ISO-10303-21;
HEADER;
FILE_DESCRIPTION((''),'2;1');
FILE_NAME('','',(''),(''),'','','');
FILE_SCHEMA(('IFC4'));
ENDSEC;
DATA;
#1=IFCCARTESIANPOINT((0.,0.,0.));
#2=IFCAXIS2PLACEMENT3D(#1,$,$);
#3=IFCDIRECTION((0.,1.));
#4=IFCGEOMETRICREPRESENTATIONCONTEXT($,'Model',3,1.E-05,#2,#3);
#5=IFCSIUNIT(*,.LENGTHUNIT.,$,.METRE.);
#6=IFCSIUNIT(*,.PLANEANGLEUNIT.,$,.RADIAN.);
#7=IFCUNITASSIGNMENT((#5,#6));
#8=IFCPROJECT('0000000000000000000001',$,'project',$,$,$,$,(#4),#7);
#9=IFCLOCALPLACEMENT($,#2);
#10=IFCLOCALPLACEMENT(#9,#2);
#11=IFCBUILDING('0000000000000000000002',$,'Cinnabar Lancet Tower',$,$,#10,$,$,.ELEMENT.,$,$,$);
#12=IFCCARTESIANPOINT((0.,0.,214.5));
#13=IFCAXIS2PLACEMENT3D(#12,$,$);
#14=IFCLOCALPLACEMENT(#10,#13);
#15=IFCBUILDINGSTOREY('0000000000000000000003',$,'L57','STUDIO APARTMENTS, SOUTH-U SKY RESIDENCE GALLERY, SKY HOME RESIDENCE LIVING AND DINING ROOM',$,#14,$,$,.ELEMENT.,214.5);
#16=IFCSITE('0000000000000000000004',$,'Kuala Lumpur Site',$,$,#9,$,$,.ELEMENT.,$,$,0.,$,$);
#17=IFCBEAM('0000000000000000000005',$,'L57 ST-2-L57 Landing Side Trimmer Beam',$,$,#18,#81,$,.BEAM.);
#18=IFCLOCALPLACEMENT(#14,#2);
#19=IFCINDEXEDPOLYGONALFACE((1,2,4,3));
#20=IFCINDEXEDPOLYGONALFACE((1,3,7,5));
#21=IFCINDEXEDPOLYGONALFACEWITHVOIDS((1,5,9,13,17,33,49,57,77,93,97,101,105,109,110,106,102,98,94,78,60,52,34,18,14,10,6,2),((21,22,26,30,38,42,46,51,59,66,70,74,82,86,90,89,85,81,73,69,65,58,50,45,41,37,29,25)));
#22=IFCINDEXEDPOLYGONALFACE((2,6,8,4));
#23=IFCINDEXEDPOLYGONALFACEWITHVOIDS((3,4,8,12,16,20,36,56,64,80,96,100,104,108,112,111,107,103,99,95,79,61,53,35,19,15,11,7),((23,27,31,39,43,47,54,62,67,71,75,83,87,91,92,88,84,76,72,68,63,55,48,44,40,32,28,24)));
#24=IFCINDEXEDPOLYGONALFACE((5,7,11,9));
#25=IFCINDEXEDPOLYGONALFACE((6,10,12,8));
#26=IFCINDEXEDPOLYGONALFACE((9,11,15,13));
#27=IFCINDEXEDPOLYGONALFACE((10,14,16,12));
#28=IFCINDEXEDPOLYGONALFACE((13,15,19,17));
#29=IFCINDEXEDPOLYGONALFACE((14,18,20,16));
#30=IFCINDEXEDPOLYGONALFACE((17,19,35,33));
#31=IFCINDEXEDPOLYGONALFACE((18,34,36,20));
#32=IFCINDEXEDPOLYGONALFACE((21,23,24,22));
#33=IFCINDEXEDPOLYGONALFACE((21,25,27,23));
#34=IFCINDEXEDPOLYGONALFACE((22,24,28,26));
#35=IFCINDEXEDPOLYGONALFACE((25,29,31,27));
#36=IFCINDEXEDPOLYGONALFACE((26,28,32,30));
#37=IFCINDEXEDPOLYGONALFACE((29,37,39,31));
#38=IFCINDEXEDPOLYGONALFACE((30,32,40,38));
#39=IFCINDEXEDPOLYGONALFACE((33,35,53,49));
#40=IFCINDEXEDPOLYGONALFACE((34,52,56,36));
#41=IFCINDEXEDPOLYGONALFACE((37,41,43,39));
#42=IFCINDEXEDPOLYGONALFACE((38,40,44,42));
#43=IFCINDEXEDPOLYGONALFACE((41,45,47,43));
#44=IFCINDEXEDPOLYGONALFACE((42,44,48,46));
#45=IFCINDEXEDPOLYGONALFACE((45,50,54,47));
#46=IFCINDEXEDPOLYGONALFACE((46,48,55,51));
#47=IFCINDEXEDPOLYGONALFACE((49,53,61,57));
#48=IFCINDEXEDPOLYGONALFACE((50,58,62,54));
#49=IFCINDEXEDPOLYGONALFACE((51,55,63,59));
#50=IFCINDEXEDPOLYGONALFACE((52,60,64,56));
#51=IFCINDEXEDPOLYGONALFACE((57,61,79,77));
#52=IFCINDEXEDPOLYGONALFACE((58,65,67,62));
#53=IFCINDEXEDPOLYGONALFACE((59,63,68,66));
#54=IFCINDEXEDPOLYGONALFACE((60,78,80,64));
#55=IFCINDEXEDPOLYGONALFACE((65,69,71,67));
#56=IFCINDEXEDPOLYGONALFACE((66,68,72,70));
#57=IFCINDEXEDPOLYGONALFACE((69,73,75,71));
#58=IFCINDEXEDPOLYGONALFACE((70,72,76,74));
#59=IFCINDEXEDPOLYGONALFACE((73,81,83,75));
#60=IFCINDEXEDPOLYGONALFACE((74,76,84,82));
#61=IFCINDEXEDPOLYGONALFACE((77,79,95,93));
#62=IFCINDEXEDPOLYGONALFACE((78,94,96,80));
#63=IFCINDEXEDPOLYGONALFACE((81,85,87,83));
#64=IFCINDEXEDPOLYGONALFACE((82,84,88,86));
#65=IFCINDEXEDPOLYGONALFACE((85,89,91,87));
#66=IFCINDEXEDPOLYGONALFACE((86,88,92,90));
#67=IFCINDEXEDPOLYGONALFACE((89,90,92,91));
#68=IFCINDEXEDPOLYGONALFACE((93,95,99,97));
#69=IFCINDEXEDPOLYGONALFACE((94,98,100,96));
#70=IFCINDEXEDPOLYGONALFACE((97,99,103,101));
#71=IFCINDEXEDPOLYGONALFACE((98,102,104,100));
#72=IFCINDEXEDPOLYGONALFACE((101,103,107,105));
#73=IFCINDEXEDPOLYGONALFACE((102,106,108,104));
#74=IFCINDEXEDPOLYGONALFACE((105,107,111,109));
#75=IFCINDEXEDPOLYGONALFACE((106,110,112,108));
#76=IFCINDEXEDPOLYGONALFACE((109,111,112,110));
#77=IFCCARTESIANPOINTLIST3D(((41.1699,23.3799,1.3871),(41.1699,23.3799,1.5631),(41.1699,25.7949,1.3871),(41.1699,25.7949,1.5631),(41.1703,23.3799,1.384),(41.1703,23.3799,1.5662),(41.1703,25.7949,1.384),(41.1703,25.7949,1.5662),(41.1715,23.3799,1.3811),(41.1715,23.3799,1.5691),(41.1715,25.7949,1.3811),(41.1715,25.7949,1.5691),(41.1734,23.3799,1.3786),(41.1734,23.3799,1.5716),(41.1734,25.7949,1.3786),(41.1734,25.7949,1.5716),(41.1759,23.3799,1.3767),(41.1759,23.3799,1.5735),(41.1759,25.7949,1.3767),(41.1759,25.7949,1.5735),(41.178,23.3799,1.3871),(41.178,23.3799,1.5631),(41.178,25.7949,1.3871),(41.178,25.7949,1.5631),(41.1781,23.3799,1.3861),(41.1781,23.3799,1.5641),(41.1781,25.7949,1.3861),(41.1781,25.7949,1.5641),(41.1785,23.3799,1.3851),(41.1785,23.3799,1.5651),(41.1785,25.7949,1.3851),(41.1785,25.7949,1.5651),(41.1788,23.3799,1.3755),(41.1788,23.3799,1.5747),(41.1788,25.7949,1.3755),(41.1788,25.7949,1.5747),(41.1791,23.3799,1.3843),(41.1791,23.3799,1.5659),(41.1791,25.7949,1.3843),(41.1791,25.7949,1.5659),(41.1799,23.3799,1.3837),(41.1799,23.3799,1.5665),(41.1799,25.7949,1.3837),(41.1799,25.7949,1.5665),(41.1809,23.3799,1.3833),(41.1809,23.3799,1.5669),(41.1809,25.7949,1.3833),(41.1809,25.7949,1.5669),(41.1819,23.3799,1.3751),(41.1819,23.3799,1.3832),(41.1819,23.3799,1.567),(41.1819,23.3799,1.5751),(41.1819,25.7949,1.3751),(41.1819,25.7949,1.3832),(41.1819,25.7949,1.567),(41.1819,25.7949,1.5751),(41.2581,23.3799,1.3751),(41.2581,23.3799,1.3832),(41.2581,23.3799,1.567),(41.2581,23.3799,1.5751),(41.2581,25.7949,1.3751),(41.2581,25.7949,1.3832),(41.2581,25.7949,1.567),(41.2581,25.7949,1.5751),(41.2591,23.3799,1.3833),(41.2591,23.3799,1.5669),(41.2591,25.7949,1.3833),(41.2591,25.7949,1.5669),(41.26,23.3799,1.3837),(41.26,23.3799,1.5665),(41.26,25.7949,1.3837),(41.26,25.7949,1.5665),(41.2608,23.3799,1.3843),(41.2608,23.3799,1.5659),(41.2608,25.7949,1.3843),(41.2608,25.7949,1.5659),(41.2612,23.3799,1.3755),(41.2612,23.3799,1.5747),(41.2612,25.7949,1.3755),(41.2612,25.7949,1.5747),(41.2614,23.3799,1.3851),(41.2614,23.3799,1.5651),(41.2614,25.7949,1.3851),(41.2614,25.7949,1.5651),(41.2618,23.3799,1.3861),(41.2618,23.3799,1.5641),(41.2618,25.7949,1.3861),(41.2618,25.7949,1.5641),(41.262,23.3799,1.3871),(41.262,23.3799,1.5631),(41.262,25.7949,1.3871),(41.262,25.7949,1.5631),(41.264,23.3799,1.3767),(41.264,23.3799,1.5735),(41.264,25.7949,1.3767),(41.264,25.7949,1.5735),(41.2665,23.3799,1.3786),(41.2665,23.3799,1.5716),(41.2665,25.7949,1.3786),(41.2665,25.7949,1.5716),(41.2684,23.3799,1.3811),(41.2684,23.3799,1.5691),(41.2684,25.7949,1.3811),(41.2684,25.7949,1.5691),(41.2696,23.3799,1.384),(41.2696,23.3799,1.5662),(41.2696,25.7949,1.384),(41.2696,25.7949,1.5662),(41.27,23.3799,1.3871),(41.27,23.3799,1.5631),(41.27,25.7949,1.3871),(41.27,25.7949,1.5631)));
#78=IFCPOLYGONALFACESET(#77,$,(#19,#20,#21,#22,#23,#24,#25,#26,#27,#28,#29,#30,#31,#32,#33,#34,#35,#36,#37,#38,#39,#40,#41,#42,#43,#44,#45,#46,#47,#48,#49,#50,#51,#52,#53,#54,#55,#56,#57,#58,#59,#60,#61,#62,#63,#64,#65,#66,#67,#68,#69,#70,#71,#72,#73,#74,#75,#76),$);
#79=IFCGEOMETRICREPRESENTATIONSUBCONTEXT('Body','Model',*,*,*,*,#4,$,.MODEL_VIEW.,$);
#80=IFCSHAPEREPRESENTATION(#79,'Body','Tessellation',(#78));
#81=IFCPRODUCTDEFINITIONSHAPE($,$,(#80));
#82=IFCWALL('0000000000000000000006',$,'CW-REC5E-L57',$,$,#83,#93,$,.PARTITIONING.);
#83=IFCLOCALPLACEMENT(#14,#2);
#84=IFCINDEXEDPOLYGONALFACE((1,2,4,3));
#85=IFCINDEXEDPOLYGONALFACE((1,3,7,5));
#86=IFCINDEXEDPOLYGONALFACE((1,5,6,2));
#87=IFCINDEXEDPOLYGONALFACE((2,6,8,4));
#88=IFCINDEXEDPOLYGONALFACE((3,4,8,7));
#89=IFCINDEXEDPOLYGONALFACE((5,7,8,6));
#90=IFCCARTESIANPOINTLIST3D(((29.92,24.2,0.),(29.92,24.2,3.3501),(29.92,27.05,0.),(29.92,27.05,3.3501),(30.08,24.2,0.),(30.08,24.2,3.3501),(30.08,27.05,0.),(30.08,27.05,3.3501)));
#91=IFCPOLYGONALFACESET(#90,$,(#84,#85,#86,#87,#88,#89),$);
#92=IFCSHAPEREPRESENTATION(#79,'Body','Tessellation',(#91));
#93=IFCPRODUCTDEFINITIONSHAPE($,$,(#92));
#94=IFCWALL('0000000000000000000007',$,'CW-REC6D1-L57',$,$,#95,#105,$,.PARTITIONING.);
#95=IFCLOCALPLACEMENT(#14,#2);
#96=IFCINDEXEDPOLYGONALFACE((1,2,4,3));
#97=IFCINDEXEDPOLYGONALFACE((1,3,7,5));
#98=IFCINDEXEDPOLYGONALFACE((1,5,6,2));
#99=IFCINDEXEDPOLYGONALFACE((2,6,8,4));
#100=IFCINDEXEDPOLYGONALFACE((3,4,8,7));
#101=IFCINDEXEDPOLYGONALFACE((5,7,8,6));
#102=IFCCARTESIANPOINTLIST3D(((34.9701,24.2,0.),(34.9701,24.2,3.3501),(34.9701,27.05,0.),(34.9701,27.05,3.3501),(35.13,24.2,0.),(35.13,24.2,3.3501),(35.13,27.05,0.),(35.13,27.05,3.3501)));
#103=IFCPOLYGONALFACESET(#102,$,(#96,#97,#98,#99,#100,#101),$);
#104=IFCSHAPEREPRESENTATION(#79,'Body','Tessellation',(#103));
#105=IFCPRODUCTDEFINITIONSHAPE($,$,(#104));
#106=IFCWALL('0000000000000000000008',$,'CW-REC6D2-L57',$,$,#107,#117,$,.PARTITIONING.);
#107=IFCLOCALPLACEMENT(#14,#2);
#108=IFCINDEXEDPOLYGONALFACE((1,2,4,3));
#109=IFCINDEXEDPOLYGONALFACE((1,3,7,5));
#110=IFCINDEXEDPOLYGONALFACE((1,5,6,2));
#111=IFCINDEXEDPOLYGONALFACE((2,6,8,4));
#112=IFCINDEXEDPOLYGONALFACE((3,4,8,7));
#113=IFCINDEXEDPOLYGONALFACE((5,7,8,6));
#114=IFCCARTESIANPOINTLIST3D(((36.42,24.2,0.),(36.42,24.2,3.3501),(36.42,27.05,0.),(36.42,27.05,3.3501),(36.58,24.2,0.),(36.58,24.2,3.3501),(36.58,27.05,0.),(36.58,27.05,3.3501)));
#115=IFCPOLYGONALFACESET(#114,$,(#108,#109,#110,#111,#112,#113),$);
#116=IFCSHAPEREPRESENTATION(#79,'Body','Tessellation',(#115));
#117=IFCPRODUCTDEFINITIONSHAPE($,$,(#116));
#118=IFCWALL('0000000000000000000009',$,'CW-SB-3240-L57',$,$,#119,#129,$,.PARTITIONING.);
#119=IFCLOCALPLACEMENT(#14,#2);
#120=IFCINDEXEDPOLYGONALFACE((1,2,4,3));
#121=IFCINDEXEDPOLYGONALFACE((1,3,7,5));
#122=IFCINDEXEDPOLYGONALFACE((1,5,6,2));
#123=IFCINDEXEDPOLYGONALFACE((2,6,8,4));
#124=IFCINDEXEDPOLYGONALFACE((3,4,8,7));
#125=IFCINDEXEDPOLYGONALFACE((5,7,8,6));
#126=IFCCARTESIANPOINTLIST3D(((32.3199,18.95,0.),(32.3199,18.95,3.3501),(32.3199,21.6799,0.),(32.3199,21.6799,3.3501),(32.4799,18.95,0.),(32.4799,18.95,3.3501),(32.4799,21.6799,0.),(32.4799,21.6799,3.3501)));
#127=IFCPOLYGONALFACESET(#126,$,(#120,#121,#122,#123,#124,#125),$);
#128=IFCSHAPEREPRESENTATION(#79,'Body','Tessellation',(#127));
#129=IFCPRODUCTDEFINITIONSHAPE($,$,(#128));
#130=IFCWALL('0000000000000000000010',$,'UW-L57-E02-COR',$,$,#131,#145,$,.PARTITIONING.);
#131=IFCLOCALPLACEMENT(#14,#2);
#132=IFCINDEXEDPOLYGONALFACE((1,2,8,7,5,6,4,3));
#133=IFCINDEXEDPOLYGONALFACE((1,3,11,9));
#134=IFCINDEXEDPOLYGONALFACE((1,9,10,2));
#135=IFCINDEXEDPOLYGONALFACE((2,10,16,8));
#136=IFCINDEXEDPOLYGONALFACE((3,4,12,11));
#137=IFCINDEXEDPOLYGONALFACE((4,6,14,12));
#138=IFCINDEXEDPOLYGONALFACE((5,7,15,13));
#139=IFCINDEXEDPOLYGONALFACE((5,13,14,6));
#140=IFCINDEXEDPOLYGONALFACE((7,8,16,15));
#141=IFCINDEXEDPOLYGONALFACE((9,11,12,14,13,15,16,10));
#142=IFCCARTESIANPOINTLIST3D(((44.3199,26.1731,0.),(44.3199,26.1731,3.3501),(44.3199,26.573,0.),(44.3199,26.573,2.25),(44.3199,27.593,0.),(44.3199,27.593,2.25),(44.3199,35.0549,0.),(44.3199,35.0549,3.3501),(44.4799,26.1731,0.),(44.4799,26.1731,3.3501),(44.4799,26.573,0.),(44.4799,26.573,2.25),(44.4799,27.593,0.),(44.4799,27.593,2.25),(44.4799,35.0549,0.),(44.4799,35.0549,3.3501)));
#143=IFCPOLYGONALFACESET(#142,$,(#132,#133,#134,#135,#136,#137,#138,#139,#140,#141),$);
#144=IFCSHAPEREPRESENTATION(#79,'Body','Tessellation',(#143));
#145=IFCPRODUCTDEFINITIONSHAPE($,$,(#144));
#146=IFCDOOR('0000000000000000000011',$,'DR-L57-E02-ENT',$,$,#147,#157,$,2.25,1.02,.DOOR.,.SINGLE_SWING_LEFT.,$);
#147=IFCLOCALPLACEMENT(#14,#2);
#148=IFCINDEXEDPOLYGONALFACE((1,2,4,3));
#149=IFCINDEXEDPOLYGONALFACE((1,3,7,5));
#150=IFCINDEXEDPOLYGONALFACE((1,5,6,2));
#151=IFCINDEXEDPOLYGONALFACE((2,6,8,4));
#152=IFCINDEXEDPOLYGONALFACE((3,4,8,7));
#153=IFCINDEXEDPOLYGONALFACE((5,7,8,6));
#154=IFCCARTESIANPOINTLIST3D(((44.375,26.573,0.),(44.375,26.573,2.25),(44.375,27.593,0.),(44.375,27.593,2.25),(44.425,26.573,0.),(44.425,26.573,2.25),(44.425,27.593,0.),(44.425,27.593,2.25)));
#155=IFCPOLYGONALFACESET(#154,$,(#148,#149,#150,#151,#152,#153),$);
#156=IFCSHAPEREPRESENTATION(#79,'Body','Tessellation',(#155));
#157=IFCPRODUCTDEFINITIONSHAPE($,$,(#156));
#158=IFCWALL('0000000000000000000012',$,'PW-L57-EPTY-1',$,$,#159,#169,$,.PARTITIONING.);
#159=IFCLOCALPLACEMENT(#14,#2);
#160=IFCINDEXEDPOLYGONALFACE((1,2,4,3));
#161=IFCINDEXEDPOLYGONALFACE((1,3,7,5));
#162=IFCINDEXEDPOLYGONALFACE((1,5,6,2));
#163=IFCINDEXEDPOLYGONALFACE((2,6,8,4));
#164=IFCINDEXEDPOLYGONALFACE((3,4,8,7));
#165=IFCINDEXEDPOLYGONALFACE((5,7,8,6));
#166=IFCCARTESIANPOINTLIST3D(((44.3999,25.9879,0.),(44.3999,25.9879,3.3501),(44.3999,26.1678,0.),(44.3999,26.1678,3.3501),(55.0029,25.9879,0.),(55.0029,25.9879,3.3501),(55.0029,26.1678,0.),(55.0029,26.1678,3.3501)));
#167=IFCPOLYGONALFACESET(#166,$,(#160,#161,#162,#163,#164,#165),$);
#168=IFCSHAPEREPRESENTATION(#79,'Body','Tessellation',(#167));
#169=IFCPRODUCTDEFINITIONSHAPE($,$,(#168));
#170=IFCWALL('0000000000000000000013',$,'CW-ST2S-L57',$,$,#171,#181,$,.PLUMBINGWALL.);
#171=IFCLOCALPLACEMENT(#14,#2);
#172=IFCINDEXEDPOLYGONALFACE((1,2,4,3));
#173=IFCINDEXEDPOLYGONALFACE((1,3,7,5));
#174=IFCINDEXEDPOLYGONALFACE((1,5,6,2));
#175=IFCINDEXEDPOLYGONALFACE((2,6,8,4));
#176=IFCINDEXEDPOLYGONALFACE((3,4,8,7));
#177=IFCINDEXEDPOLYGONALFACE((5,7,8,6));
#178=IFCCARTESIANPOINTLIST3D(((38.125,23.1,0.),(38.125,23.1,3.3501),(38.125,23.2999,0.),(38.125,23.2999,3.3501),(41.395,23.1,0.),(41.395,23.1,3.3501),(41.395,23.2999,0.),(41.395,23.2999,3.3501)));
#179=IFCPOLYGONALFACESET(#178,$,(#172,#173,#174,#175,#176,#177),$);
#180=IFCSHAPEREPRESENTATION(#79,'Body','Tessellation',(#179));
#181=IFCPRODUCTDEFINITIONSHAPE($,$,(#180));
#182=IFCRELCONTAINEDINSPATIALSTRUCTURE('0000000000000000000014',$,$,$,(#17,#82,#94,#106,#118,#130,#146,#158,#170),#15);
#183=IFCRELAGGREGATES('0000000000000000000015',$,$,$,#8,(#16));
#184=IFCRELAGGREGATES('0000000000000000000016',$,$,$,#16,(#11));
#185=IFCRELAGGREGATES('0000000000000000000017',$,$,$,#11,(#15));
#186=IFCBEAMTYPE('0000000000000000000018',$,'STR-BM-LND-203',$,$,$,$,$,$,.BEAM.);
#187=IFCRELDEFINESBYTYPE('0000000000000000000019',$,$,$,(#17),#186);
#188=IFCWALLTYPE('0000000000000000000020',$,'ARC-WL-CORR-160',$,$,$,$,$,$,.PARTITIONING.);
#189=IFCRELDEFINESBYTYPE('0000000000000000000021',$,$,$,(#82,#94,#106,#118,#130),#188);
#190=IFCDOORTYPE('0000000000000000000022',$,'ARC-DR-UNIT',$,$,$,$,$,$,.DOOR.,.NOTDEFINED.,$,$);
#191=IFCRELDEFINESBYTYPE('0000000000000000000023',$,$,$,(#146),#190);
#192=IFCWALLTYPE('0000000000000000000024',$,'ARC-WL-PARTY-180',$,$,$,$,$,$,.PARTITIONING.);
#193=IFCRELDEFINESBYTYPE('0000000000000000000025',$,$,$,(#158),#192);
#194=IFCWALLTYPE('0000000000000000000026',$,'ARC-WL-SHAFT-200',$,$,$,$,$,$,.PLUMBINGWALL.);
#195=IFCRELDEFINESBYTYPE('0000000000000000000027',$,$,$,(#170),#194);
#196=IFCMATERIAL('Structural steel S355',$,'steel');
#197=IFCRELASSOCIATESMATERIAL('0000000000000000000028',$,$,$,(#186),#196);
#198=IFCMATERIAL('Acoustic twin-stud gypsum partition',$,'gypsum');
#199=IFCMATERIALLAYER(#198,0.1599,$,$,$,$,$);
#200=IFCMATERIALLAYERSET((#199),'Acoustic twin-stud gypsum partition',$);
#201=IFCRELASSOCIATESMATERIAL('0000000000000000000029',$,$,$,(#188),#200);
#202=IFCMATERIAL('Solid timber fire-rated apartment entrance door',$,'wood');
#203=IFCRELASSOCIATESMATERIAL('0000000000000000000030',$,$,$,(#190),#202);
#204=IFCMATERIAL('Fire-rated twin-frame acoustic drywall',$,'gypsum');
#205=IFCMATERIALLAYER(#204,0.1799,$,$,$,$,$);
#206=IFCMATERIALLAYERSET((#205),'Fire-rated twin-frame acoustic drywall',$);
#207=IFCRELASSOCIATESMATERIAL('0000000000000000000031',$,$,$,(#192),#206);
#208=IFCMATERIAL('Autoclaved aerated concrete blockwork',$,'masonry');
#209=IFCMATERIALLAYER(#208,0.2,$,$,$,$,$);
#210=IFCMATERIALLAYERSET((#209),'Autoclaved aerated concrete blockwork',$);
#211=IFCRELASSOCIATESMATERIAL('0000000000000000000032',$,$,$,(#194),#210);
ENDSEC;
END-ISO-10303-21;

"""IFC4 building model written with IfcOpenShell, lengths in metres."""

from ifc_helpers import new_model, si_unit, direction, frame, frame_2d, origin, origin_2d, place, context, subcontext, project, spatial, rectangle, hollow_rectangle, extrude, material, layer, layer_set, material_profile, profile_set, type_object, element, fill, save


model = new_model("IFC4")

# Units and contexts
model_context = context("Model", 3, precision=1e-05, world=origin(), true_north=direction((0.0, 1.0)))
body_context = subcontext(model_context, "Body", "Model", "MODEL_VIEW")
ifc_project = project(units=[si_unit("LENGTHUNIT", "METRE"), si_unit("PLANEANGLEUNIT", "RADIAN")], contexts=[model_context])

# Site, building, storey
site_placement = place(None, origin())
site = spatial("IfcSite", under=ifc_project, at=site_placement, Name="Kuala Lumpur Site", CompositionType="ELEMENT", RefElevation=0.0)
building_placement = place(site_placement, origin())
building = spatial("IfcBuilding", under=site, at=building_placement, Name="Cinnabar Lancet Tower", CompositionType="ELEMENT")
storey_placement = place(building_placement, frame((0.0, 0.0, 214.5)))
storey = spatial("IfcBuildingStorey", under=building, at=storey_placement, Name="L57", Description="STUDIO APARTMENTS, SOUTH-U SKY RESIDENCE GALLERY, SKY HOME RESIDENCE LIVING AND DINING ROOM", CompositionType="ELEMENT", Elevation=214.5)

# Beam
ifc_material_1 = material(Name="Structural steel S355", Category="steel")
ifc_material_profile = material_profile(ifc_material_1, hollow_rectangle(XDim=0.1001, YDim=0.2, WallThickness=0.0081, InnerFilletRadius=0.0039, OuterFilletRadius=0.012, at=origin_2d()), Name="RHS 200x100x8")
ifc_profile_set = profile_set([ifc_material_profile], Name="Structural steel S355")
beam_type = type_object("IfcBeamType", Name="STR-BM-LND-203", PredefinedType="BEAM", material=ifc_profile_set)
beam_placement = place(storey_placement, frame((41.22, 23.3799, 1.4751), z_axis=(0.0, 1.0, 0.0), x_axis=(-1.0, 0.0, 0.0)))
element("IfcBeam", 1, at=beam_placement, inside=storey, type_object=beam_type, Name="L57 ST-2-L57 Landing Side Trimmer Beam", PredefinedType="BEAM", context=body_context, shape_type="SweptSolid", body=[
    extrude(hollow_rectangle(XDim=0.1001, YDim=0.2, WallThickness=0.0081, InnerFilletRadius=0.0039, OuterFilletRadius=0.012, at=origin_2d()), origin(), (0.0, 0.0, 1.0), 2.415),
])

# Walls
ifc_material_2 = material(Name="Acoustic twin-stud gypsum partition", Category="gypsum")
ifc_layer_1 = layer(ifc_material_2, 0.1599)
ifc_layer_set_1 = layer_set([ifc_layer_1], Name="Acoustic twin-stud gypsum partition")
wall_type_1 = type_object("IfcWallType", Name="ARC-WL-CORR-160", PredefinedType="PARTITIONING", material=ifc_layer_set_1)
for number, where, z_axis, x_axis, name in (
    (2, (30.0, 24.2, 0.0), (0.0, 0.0, 1.0), (0.0, 1.0, 0.0), "CW-REC5E-L57"),
    (3, (35.05, 24.2, 0.0), (0.0, 0.0, 1.0), (0.0, 1.0, 0.0), "CW-REC6D1-L57"),
    (4, (36.5, 24.2, 0.0), (0.0, 0.0, 1.0), (0.0, 1.0, 0.0), "CW-REC6D2-L57"),
):
    element("IfcWall", number, at=place(storey_placement, frame(where, z_axis=z_axis, x_axis=x_axis)), inside=storey, type_object=wall_type_1, Name=name, PredefinedType="PARTITIONING", context=body_context, shape_type="SweptSolid", body=[
        extrude(rectangle(XDim=2.8501, YDim=0.1599, at=frame_2d((1.425, 0.0))), origin(), (0.0, 0.0, 1.0), 3.3501),
    ])
wall_1_placement = place(storey_placement, frame((32.3999, 18.95, 0.0), z_axis=(0.0, 0.0, 1.0), x_axis=(0.0, 1.0, 0.0)))
element("IfcWall", 5, at=wall_1_placement, inside=storey, type_object=wall_type_1, Name="CW-SB-3240-L57", PredefinedType="PARTITIONING", context=body_context, shape_type="SweptSolid", body=[
    extrude(rectangle(XDim=2.73, YDim=0.1599, at=frame_2d((1.365, 0.0))), origin(), (0.0, 0.0, 1.0), 3.3501),
])

# Wall, opening, door
wall_2_placement = place(storey_placement, frame((44.3999, 26.1731, 0.0), z_axis=(0.0, 0.0, 1.0), x_axis=(0.0, 1.0, 0.0)))
wall_2 = element("IfcWall", 6, at=wall_2_placement, inside=storey, type_object=wall_type_1, Name="UW-L57-E02-COR", PredefinedType="PARTITIONING", context=body_context, shape_type="SweptSolid", body=[
    extrude(rectangle(XDim=8.8818, YDim=0.1599, at=frame_2d((4.4409, 0.0))), origin(), (0.0, 0.0, 1.0), 3.3501),
])
opening_1_placement = place(wall_2_placement, frame((0.3999, 0.0, 0.0)))
opening_1 = element("IfcOpeningElement", 7, at=opening_1_placement, cuts=wall_2, PredefinedType="OPENING", context=body_context, shape_type="SweptSolid", body=[
    extrude(rectangle(XDim=1.02, YDim=2.25, at=frame_2d((0.51, 1.125))), frame((0.0, 0.0898, 0.0), z_axis=(0.0, -1.0, 0.0), x_axis=(1.0, 0.0, 0.0)), (0.0, 0.0, 1.0), 0.1799),
])
ifc_material_3 = material(Name="Solid timber fire-rated apartment entrance door", Category="wood")
door_type_1 = type_object("IfcDoorType", Name="ARC-DR-UNIT", OperationType="NOTDEFINED", PredefinedType="DOOR", material=ifc_material_3)
door_1_placement = place(opening_1_placement, origin())
door_1 = element("IfcDoor", 8, at=door_1_placement, inside=storey, type_object=door_type_1, Name="DR-L57-E02-ENT", OperationType="SINGLE_SWING_LEFT", OverallHeight=2.25, OverallWidth=1.02, PredefinedType="DOOR", context=body_context, shape_type="SweptSolid", body=[
    extrude(rectangle(XDim=1.02, YDim=2.25, at=frame_2d((0.51, 1.125))), frame((0.0, 0.0249, 0.0), z_axis=(0.0, -1.0, 0.0), x_axis=(1.0, 0.0, 0.0)), (0.0, 0.0, 1.0), 0.05),
])
fill(opening_1, door_1)

# Walls
ifc_material_4 = material(Name="Fire-rated twin-frame acoustic drywall", Category="gypsum")
ifc_layer_2 = layer(ifc_material_4, 0.1799)
ifc_layer_set_2 = layer_set([ifc_layer_2], Name="Fire-rated twin-frame acoustic drywall")
wall_type_2 = type_object("IfcWallType", Name="ARC-WL-PARTY-180", PredefinedType="PARTITIONING", material=ifc_layer_set_2)
wall_3_placement = place(storey_placement, frame((44.3999, 26.0779, 0.0), z_axis=(0.0, 0.0, 1.0), x_axis=(1.0, 0.0, 0.0)))
element("IfcWall", 9, at=wall_3_placement, inside=storey, type_object=wall_type_2, Name="PW-L57-EPTY-1", PredefinedType="PARTITIONING", context=body_context, shape_type="SweptSolid", body=[
    extrude(rectangle(XDim=10.603, YDim=0.1799, at=frame_2d((5.3015, 0.0))), origin(), (0.0, 0.0, 1.0), 3.3501),
])
ifc_material_5 = material(Name="Autoclaved aerated concrete blockwork", Category="masonry")
ifc_layer_3 = layer(ifc_material_5, 0.2)
ifc_layer_set_3 = layer_set([ifc_layer_3], Name="Autoclaved aerated concrete blockwork")
wall_type_3 = type_object("IfcWallType", Name="ARC-WL-SHAFT-200", PredefinedType="PLUMBINGWALL", material=ifc_layer_set_3)
wall_4_placement = place(storey_placement, frame((38.125, 23.2, 0.0), z_axis=(0.0, 0.0, 1.0), x_axis=(1.0, 0.0, 0.0)))
element("IfcWall", 10, at=wall_4_placement, inside=storey, type_object=wall_type_3, Name="CW-ST2S-L57", PredefinedType="PLUMBINGWALL", context=body_context, shape_type="SweptSolid", body=[
    extrude(rectangle(XDim=3.27, YDim=0.2, at=frame_2d((1.635, 0.0))), origin(), (0.0, 0.0, 1.0), 3.3501),
])

save(model, "model.ifc")
